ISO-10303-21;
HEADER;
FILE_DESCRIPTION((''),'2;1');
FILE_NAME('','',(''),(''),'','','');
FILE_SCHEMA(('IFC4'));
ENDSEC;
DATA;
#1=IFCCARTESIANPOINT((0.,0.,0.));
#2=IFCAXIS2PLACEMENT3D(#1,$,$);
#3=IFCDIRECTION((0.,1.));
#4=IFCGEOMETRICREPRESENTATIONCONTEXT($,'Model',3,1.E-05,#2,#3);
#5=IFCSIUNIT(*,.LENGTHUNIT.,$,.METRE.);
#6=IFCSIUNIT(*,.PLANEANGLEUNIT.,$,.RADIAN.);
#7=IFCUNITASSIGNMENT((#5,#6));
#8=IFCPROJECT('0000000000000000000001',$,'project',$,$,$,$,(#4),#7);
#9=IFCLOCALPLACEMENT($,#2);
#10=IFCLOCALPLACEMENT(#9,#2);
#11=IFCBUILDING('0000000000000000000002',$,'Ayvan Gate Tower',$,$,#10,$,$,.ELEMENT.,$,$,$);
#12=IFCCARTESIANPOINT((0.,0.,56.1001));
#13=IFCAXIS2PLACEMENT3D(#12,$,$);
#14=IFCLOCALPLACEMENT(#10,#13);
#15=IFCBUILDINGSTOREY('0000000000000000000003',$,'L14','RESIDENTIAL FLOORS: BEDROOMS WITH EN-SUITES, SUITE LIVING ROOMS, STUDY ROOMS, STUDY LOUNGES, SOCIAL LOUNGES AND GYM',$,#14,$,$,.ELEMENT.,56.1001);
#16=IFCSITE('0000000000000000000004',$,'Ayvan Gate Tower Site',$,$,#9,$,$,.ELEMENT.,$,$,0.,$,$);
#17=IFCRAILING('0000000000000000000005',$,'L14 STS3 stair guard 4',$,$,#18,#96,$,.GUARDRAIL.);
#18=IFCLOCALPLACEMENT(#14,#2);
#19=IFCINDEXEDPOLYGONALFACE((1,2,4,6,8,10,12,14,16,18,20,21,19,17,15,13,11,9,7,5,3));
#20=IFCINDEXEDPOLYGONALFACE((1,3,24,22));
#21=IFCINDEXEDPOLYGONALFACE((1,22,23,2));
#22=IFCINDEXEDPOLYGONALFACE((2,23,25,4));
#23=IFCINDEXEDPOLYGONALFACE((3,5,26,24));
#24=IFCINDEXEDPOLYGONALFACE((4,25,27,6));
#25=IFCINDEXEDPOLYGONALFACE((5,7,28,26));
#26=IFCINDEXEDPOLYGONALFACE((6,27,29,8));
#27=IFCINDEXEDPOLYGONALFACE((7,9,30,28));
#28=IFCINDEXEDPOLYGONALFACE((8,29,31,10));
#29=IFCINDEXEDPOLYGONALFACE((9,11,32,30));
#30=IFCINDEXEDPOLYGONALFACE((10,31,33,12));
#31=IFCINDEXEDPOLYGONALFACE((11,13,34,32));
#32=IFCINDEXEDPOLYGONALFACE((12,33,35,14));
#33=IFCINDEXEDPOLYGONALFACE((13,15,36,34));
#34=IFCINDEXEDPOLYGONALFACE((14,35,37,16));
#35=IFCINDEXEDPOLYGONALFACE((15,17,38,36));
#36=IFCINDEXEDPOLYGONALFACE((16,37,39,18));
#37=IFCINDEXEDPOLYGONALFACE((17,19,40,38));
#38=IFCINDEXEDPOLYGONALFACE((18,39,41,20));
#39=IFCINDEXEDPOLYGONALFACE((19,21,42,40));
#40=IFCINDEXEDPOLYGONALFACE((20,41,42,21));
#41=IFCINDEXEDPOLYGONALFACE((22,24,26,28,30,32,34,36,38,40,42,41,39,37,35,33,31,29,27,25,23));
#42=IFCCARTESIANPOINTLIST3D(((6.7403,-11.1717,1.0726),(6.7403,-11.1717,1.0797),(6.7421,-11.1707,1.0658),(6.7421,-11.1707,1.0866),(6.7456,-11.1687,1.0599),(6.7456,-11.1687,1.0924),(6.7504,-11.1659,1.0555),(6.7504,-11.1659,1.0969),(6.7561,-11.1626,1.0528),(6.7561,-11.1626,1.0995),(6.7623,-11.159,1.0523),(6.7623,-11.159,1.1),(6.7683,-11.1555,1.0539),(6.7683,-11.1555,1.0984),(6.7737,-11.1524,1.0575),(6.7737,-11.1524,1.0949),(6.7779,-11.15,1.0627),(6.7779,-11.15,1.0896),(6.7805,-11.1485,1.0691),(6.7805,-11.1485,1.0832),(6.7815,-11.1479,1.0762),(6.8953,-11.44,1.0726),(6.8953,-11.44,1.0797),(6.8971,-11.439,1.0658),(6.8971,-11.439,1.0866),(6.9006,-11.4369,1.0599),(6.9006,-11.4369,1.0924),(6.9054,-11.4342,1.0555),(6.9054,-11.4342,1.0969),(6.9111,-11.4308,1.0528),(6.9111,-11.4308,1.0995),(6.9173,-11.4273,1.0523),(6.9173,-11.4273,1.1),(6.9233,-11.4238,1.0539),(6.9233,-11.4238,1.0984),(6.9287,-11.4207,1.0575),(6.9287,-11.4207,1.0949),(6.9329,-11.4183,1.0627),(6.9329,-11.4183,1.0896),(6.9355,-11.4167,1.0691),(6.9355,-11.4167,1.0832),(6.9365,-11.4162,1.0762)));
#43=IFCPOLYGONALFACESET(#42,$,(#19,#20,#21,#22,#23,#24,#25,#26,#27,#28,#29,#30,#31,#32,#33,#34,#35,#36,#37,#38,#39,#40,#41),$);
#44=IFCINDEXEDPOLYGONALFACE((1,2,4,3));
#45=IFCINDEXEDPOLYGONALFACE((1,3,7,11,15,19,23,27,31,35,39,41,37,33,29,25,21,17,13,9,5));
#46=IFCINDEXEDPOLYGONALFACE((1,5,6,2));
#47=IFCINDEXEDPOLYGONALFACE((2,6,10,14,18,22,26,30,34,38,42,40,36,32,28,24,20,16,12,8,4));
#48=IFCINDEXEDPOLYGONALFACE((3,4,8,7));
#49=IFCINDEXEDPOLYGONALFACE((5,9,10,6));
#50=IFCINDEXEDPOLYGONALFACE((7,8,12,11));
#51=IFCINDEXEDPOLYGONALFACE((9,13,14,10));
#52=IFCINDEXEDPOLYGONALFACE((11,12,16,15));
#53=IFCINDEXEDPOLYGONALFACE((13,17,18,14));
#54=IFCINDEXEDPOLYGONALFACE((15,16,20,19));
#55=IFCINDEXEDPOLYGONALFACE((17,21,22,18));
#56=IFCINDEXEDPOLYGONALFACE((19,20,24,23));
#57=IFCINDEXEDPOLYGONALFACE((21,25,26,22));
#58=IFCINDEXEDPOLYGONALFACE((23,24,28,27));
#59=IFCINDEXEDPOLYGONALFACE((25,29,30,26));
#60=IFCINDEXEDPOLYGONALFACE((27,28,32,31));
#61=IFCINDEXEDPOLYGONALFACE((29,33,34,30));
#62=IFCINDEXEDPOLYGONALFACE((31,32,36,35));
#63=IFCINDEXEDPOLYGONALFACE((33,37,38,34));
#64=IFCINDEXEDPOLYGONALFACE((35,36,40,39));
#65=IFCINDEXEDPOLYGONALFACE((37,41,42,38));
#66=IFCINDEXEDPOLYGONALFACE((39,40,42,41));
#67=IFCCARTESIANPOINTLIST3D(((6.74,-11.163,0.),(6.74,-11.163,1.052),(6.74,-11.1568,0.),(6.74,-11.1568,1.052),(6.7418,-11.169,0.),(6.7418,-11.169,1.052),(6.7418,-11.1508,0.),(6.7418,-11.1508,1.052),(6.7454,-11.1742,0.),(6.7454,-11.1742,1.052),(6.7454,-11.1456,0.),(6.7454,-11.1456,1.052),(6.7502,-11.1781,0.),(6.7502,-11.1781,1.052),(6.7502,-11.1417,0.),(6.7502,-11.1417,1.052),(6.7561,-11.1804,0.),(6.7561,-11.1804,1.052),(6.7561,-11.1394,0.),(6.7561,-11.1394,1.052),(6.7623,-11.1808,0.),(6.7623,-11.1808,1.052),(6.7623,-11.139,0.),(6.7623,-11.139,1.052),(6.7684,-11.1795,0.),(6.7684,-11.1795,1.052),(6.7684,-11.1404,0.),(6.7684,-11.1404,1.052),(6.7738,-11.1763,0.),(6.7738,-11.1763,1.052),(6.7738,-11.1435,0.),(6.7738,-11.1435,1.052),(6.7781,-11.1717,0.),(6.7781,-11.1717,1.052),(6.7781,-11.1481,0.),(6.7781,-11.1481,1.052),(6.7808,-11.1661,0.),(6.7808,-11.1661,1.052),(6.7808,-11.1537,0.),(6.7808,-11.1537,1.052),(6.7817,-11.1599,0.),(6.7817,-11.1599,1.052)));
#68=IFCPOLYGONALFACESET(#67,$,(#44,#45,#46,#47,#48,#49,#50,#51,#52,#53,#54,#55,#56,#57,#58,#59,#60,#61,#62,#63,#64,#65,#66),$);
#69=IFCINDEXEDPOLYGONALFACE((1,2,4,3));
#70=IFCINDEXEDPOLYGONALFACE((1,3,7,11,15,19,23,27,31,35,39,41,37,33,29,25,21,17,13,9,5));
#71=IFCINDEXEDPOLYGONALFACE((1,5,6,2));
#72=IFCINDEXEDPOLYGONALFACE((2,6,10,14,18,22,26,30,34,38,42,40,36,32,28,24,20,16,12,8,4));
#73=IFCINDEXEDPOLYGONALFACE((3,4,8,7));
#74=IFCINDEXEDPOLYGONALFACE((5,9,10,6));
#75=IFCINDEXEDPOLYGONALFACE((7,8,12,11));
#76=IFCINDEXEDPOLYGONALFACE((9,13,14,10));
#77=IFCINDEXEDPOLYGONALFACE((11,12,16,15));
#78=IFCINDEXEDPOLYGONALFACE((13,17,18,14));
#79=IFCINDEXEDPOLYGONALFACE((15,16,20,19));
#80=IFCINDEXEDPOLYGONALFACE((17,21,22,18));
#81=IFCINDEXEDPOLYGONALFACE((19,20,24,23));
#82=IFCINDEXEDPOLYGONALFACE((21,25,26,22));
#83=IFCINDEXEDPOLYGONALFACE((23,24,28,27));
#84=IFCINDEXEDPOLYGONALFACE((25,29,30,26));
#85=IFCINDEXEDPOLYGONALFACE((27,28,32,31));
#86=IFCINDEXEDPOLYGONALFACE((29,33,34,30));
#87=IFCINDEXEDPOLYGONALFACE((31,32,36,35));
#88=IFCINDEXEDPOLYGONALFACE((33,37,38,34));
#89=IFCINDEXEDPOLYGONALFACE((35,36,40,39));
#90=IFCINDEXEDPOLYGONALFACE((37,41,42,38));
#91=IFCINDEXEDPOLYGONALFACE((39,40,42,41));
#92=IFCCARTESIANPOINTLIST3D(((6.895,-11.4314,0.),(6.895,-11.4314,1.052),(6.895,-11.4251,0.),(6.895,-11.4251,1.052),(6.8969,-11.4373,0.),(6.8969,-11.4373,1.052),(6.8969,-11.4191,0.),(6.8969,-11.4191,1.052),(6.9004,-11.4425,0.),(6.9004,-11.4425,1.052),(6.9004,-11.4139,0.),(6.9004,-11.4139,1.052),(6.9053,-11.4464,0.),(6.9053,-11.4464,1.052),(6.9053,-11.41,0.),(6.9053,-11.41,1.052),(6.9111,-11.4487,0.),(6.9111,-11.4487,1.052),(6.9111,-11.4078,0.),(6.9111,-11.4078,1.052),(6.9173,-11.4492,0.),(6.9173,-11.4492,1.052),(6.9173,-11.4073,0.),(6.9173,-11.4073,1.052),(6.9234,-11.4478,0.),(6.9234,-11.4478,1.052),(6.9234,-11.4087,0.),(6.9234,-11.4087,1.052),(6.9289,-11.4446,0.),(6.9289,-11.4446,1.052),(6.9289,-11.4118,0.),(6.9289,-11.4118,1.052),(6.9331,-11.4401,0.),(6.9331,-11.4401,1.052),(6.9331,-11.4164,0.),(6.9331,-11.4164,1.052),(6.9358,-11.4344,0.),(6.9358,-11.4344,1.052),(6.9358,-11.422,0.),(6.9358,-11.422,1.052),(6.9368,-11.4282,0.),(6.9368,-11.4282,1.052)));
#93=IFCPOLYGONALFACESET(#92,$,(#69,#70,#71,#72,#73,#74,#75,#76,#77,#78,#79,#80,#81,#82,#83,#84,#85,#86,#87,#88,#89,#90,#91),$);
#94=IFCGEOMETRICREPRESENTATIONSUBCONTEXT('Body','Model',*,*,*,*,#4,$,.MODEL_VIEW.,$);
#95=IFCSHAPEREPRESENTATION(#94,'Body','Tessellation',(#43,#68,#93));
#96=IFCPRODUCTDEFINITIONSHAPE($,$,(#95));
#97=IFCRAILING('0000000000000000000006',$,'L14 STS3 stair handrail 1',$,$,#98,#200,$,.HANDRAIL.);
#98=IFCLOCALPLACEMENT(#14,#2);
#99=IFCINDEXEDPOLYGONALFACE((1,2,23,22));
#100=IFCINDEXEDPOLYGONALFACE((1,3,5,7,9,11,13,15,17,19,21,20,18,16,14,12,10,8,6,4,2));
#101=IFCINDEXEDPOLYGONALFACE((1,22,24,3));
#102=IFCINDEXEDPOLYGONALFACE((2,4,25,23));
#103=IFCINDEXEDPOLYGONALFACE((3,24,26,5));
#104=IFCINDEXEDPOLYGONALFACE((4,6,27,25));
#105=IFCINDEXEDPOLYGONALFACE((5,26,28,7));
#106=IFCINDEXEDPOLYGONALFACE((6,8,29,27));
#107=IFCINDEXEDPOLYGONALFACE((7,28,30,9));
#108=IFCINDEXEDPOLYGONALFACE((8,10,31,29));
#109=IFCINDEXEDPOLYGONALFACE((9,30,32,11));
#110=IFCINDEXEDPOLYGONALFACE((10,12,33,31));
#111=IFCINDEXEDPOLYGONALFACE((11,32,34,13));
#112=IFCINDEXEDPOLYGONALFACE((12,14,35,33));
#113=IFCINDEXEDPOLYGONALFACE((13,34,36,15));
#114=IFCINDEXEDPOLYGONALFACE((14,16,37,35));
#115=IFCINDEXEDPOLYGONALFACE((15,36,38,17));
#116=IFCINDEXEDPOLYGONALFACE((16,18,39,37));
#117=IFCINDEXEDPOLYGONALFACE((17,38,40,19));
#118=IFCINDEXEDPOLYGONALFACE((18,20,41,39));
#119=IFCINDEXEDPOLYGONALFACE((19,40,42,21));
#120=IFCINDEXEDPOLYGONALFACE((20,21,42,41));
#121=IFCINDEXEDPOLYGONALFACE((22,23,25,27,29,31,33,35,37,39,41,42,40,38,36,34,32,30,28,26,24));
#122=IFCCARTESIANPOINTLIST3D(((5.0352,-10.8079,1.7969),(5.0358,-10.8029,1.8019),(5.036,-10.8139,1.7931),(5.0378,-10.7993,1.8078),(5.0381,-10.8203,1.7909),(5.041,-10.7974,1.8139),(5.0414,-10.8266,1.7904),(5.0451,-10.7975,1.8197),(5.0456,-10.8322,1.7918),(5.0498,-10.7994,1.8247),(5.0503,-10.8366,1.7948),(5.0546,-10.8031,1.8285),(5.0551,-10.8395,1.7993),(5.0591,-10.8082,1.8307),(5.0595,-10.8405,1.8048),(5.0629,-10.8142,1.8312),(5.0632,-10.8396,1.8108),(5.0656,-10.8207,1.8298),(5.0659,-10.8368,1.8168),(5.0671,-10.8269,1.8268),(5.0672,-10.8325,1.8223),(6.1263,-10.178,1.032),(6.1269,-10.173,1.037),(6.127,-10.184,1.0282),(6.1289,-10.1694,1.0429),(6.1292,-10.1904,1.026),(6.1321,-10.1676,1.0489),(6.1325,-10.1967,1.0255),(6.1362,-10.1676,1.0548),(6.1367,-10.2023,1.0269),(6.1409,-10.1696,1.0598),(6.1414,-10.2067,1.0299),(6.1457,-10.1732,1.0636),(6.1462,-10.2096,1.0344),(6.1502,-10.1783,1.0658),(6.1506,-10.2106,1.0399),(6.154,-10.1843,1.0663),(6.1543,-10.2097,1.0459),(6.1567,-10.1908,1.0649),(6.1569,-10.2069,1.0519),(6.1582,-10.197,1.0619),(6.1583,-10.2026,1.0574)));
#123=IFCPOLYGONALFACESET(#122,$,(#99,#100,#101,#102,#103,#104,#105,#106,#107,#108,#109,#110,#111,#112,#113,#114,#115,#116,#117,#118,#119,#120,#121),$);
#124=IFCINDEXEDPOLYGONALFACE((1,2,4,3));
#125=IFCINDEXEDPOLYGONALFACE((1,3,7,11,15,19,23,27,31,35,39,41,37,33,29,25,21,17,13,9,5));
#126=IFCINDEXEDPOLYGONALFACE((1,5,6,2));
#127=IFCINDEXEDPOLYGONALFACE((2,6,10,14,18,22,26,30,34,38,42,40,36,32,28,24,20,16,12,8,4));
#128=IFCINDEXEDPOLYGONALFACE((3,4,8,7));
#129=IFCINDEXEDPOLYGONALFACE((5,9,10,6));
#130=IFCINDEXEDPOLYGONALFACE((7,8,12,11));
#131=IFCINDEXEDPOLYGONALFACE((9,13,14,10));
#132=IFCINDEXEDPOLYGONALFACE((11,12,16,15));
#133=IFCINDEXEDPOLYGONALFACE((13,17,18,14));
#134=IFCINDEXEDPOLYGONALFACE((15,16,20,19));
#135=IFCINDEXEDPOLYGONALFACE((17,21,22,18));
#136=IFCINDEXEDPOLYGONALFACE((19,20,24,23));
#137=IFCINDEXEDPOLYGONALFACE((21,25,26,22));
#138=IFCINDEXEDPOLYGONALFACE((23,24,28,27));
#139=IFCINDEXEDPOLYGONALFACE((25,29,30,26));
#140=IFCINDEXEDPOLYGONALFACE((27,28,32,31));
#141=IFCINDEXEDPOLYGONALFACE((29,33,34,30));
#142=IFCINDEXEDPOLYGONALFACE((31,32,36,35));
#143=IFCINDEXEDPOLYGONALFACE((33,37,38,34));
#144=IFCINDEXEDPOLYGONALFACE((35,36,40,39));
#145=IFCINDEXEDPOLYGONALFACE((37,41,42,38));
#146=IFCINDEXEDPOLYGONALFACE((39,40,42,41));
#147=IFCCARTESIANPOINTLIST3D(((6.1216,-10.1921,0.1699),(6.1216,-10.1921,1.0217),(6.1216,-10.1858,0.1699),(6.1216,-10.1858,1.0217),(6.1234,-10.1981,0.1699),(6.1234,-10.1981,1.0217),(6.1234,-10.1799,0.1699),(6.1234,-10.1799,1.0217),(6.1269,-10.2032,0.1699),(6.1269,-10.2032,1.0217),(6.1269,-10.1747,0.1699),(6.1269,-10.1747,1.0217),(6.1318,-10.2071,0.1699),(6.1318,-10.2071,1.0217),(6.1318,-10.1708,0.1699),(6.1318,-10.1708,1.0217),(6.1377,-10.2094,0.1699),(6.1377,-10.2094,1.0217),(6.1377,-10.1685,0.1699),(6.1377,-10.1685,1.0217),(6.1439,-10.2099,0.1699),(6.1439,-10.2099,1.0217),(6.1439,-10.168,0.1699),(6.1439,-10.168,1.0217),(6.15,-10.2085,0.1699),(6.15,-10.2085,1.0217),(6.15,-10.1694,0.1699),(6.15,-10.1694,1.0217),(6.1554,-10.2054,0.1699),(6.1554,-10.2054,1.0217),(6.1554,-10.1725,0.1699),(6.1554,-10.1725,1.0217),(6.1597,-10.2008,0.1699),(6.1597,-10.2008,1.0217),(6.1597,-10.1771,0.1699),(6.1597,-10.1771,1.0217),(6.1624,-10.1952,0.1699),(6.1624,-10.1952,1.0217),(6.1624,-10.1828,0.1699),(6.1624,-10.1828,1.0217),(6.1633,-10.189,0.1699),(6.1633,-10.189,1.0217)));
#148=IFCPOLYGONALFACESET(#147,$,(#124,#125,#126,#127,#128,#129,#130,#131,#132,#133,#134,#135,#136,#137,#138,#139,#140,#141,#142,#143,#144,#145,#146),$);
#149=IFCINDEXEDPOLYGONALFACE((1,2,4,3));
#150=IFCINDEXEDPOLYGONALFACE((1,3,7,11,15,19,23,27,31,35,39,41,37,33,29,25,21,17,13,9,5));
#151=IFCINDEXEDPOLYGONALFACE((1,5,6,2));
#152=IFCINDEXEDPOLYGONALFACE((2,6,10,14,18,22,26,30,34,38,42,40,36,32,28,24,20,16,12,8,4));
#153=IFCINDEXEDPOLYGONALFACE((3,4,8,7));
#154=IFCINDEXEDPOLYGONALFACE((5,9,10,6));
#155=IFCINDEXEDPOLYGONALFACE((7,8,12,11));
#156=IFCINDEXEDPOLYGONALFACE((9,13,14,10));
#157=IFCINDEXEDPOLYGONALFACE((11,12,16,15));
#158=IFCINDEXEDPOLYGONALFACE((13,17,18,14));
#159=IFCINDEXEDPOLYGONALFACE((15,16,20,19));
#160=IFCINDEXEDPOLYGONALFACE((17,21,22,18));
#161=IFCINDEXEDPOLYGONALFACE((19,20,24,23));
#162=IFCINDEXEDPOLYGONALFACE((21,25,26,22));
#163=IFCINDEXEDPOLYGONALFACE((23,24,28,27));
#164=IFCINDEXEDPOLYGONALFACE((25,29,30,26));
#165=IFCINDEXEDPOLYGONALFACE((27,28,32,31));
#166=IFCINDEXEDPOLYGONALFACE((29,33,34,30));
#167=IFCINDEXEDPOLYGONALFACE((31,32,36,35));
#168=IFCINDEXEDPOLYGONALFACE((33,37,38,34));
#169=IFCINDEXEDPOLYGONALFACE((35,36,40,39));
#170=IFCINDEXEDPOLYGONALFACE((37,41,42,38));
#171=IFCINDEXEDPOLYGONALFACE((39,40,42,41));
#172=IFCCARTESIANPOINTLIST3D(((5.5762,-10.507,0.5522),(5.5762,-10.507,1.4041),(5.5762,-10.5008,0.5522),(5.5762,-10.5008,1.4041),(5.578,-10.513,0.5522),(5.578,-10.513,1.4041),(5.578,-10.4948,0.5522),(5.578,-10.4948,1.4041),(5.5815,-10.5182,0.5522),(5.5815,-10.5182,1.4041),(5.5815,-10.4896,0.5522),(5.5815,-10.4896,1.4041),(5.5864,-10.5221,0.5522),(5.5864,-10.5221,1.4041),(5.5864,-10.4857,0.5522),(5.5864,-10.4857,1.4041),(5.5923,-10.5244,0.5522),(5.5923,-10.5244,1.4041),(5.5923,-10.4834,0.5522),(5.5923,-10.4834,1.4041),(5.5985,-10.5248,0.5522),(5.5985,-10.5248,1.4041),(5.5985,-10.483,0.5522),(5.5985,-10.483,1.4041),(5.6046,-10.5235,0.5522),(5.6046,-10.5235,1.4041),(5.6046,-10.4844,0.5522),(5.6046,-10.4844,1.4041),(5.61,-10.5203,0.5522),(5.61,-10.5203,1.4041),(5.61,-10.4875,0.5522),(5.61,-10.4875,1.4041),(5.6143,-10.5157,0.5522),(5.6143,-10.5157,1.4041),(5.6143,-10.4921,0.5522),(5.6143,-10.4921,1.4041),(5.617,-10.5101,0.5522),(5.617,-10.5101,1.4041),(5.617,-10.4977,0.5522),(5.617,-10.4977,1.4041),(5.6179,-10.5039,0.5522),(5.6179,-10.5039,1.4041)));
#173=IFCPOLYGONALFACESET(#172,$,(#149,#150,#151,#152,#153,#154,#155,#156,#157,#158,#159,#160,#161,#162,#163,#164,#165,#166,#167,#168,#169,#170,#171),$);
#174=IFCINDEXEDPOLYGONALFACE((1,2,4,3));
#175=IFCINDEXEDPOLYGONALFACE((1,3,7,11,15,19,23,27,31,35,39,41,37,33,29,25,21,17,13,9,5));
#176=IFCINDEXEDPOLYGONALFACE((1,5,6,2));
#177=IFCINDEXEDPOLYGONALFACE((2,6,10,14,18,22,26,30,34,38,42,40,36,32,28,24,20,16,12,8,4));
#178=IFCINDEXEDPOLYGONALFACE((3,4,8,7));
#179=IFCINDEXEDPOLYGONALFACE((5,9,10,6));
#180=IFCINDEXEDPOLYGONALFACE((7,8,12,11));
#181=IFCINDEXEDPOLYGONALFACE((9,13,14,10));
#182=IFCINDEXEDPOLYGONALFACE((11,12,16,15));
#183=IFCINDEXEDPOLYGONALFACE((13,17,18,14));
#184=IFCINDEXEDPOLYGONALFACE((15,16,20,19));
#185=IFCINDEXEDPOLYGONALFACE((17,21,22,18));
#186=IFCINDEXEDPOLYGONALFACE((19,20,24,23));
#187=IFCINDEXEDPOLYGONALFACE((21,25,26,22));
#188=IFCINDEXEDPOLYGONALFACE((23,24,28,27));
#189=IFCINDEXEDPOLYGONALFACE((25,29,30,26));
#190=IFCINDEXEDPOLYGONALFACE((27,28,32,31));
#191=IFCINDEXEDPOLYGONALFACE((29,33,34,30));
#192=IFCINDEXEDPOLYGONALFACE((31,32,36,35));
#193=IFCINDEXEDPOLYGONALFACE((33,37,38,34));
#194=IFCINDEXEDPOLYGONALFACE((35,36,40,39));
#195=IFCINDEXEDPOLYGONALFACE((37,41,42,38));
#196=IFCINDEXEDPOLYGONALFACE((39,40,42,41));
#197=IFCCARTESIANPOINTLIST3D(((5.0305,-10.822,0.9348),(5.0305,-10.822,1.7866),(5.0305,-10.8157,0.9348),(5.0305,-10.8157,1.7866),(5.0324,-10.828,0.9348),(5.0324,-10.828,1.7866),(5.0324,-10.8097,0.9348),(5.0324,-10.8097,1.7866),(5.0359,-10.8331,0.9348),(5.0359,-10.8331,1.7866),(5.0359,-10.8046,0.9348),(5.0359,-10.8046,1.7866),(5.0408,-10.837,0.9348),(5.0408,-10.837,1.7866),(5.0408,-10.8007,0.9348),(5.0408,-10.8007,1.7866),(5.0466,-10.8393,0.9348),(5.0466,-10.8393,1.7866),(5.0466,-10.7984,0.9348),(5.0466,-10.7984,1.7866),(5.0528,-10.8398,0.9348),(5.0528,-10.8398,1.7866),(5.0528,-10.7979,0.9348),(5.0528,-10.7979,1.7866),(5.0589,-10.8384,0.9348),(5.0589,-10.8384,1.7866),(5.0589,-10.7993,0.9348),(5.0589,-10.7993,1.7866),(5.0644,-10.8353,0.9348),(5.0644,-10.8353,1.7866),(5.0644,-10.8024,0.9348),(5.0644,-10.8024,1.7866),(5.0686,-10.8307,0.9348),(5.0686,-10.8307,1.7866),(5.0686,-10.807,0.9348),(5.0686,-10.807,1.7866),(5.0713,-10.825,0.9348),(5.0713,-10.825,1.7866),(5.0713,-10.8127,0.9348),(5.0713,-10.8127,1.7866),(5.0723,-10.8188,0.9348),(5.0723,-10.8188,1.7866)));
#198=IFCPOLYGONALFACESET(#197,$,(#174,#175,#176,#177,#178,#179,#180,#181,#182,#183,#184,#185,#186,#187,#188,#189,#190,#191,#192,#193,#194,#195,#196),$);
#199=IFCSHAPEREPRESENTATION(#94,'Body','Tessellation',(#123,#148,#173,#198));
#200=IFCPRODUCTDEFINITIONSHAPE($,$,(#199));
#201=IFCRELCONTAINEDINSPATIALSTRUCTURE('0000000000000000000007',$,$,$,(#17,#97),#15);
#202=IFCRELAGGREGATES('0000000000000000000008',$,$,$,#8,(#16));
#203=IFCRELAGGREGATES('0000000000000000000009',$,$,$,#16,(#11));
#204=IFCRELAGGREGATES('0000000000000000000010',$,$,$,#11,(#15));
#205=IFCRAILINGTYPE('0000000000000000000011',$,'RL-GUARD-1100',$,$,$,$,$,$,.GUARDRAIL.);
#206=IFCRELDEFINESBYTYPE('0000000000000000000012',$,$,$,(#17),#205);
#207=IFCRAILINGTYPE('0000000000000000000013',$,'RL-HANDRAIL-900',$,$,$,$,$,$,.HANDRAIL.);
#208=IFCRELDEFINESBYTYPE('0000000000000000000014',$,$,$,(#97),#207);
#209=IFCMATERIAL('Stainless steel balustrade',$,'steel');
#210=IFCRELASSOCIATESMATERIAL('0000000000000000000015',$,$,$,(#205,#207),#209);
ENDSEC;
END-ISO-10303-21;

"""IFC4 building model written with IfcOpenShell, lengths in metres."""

from ifc_helpers import new_model, si_unit, direction, frame, origin, origin_2d, place, context, subcontext, project, spatial, circle, extrude, material, type_object, element, save


model = new_model("IFC4")

# Units and contexts
model_context = context("Model", 3, precision=1e-05, world=origin(), true_north=direction((0.0, 1.0)))
body_context = subcontext(model_context, "Body", "Model", "MODEL_VIEW")
ifc_project = project(units=[si_unit("LENGTHUNIT", "METRE"), si_unit("PLANEANGLEUNIT", "RADIAN")], contexts=[model_context])

# Site, building, storey
site_placement = place(None, origin())
site = spatial("IfcSite", under=ifc_project, at=site_placement, Name="Ayvan Gate Tower Site", CompositionType="ELEMENT", RefElevation=0.0)
building_placement = place(site_placement, origin())
building = spatial("IfcBuilding", under=site, at=building_placement, Name="Ayvan Gate Tower", CompositionType="ELEMENT")
storey_placement = place(building_placement, frame((0.0, 0.0, 56.1001)))
storey = spatial("IfcBuildingStorey", under=building, at=storey_placement, Name="L14", Description="RESIDENTIAL FLOORS: BEDROOMS WITH EN-SUITES, SUITE LIVING ROOMS, STUDY ROOMS, STUDY LOUNGES, SOCIAL LOUNGES AND GYM", CompositionType="ELEMENT", Elevation=56.1001)

# Railings
ifc_material_1 = material(Name="Stainless steel balustrade", Category="steel")
railing_type_1 = type_object("IfcRailingType", Name="RL-GUARD-1100", PredefinedType="GUARDRAIL", material=ifc_material_1)
railing_1_placement = place(storey_placement, frame((6.7607, -11.1599, 0.0)))
element("IfcRailing", 1, at=railing_1_placement, inside=storey, type_object=railing_type_1, Name="L14 STS3 stair guard 4", PredefinedType="GUARDRAIL", context=body_context, shape_type="SweptSolid", body=[
    extrude(circle(Radius=0.0239, at=origin_2d()), frame((0.0, 0.0, 1.0762), z_axis=(0.500291, -0.865857, 0.0), x_axis=(0.865857, 0.500291, 0.0)), (0.0, 0.0, 1.0), 0.3098),
    extrude(circle(Radius=0.021, at=origin_2d()), origin(), (0.0, 0.0, 1.0), 1.052),
    extrude(circle(Radius=0.021, at=origin_2d()), frame((0.155, -0.2683, 0.0)), (0.0, 0.0, 1.0), 1.052),
])
railing_type_2 = type_object("IfcRailingType", Name="RL-HANDRAIL-900", PredefinedType="HANDRAIL", material=ifc_material_1)
railing_2_placement = place(storey_placement, frame((6.1423, -10.189, 0.1699)))
element("IfcRailing", 2, at=railing_2_placement, inside=storey, type_object=railing_type_2, Name="L14 STS3 stair handrail 1", PredefinedType="HANDRAIL", context=body_context, shape_type="SweptSolid", body=[
    extrude(circle(Radius=0.0239, at=origin_2d()), frame((0.0, 0.0, 0.876), z_axis=(-0.740282, -0.427372, 0.518976), x_axis=(0.499974, -0.86604, 0.0)), (0.0, 0.0, 1.0), 1.4739),
    extrude(circle(Radius=0.021, at=origin_2d()), origin(), (0.0, 0.0, 1.0), 0.8518),
    extrude(circle(Radius=0.021, at=origin_2d()), frame((-0.5454, -0.3149, 0.3823)), (0.0, 0.0, 1.0), 0.8518),
    extrude(circle(Radius=0.021, at=origin_2d()), frame((-1.0911, -0.6299, 0.7649)), (0.0, 0.0, 1.0), 0.8518),
])

save(model, "model.ifc")
